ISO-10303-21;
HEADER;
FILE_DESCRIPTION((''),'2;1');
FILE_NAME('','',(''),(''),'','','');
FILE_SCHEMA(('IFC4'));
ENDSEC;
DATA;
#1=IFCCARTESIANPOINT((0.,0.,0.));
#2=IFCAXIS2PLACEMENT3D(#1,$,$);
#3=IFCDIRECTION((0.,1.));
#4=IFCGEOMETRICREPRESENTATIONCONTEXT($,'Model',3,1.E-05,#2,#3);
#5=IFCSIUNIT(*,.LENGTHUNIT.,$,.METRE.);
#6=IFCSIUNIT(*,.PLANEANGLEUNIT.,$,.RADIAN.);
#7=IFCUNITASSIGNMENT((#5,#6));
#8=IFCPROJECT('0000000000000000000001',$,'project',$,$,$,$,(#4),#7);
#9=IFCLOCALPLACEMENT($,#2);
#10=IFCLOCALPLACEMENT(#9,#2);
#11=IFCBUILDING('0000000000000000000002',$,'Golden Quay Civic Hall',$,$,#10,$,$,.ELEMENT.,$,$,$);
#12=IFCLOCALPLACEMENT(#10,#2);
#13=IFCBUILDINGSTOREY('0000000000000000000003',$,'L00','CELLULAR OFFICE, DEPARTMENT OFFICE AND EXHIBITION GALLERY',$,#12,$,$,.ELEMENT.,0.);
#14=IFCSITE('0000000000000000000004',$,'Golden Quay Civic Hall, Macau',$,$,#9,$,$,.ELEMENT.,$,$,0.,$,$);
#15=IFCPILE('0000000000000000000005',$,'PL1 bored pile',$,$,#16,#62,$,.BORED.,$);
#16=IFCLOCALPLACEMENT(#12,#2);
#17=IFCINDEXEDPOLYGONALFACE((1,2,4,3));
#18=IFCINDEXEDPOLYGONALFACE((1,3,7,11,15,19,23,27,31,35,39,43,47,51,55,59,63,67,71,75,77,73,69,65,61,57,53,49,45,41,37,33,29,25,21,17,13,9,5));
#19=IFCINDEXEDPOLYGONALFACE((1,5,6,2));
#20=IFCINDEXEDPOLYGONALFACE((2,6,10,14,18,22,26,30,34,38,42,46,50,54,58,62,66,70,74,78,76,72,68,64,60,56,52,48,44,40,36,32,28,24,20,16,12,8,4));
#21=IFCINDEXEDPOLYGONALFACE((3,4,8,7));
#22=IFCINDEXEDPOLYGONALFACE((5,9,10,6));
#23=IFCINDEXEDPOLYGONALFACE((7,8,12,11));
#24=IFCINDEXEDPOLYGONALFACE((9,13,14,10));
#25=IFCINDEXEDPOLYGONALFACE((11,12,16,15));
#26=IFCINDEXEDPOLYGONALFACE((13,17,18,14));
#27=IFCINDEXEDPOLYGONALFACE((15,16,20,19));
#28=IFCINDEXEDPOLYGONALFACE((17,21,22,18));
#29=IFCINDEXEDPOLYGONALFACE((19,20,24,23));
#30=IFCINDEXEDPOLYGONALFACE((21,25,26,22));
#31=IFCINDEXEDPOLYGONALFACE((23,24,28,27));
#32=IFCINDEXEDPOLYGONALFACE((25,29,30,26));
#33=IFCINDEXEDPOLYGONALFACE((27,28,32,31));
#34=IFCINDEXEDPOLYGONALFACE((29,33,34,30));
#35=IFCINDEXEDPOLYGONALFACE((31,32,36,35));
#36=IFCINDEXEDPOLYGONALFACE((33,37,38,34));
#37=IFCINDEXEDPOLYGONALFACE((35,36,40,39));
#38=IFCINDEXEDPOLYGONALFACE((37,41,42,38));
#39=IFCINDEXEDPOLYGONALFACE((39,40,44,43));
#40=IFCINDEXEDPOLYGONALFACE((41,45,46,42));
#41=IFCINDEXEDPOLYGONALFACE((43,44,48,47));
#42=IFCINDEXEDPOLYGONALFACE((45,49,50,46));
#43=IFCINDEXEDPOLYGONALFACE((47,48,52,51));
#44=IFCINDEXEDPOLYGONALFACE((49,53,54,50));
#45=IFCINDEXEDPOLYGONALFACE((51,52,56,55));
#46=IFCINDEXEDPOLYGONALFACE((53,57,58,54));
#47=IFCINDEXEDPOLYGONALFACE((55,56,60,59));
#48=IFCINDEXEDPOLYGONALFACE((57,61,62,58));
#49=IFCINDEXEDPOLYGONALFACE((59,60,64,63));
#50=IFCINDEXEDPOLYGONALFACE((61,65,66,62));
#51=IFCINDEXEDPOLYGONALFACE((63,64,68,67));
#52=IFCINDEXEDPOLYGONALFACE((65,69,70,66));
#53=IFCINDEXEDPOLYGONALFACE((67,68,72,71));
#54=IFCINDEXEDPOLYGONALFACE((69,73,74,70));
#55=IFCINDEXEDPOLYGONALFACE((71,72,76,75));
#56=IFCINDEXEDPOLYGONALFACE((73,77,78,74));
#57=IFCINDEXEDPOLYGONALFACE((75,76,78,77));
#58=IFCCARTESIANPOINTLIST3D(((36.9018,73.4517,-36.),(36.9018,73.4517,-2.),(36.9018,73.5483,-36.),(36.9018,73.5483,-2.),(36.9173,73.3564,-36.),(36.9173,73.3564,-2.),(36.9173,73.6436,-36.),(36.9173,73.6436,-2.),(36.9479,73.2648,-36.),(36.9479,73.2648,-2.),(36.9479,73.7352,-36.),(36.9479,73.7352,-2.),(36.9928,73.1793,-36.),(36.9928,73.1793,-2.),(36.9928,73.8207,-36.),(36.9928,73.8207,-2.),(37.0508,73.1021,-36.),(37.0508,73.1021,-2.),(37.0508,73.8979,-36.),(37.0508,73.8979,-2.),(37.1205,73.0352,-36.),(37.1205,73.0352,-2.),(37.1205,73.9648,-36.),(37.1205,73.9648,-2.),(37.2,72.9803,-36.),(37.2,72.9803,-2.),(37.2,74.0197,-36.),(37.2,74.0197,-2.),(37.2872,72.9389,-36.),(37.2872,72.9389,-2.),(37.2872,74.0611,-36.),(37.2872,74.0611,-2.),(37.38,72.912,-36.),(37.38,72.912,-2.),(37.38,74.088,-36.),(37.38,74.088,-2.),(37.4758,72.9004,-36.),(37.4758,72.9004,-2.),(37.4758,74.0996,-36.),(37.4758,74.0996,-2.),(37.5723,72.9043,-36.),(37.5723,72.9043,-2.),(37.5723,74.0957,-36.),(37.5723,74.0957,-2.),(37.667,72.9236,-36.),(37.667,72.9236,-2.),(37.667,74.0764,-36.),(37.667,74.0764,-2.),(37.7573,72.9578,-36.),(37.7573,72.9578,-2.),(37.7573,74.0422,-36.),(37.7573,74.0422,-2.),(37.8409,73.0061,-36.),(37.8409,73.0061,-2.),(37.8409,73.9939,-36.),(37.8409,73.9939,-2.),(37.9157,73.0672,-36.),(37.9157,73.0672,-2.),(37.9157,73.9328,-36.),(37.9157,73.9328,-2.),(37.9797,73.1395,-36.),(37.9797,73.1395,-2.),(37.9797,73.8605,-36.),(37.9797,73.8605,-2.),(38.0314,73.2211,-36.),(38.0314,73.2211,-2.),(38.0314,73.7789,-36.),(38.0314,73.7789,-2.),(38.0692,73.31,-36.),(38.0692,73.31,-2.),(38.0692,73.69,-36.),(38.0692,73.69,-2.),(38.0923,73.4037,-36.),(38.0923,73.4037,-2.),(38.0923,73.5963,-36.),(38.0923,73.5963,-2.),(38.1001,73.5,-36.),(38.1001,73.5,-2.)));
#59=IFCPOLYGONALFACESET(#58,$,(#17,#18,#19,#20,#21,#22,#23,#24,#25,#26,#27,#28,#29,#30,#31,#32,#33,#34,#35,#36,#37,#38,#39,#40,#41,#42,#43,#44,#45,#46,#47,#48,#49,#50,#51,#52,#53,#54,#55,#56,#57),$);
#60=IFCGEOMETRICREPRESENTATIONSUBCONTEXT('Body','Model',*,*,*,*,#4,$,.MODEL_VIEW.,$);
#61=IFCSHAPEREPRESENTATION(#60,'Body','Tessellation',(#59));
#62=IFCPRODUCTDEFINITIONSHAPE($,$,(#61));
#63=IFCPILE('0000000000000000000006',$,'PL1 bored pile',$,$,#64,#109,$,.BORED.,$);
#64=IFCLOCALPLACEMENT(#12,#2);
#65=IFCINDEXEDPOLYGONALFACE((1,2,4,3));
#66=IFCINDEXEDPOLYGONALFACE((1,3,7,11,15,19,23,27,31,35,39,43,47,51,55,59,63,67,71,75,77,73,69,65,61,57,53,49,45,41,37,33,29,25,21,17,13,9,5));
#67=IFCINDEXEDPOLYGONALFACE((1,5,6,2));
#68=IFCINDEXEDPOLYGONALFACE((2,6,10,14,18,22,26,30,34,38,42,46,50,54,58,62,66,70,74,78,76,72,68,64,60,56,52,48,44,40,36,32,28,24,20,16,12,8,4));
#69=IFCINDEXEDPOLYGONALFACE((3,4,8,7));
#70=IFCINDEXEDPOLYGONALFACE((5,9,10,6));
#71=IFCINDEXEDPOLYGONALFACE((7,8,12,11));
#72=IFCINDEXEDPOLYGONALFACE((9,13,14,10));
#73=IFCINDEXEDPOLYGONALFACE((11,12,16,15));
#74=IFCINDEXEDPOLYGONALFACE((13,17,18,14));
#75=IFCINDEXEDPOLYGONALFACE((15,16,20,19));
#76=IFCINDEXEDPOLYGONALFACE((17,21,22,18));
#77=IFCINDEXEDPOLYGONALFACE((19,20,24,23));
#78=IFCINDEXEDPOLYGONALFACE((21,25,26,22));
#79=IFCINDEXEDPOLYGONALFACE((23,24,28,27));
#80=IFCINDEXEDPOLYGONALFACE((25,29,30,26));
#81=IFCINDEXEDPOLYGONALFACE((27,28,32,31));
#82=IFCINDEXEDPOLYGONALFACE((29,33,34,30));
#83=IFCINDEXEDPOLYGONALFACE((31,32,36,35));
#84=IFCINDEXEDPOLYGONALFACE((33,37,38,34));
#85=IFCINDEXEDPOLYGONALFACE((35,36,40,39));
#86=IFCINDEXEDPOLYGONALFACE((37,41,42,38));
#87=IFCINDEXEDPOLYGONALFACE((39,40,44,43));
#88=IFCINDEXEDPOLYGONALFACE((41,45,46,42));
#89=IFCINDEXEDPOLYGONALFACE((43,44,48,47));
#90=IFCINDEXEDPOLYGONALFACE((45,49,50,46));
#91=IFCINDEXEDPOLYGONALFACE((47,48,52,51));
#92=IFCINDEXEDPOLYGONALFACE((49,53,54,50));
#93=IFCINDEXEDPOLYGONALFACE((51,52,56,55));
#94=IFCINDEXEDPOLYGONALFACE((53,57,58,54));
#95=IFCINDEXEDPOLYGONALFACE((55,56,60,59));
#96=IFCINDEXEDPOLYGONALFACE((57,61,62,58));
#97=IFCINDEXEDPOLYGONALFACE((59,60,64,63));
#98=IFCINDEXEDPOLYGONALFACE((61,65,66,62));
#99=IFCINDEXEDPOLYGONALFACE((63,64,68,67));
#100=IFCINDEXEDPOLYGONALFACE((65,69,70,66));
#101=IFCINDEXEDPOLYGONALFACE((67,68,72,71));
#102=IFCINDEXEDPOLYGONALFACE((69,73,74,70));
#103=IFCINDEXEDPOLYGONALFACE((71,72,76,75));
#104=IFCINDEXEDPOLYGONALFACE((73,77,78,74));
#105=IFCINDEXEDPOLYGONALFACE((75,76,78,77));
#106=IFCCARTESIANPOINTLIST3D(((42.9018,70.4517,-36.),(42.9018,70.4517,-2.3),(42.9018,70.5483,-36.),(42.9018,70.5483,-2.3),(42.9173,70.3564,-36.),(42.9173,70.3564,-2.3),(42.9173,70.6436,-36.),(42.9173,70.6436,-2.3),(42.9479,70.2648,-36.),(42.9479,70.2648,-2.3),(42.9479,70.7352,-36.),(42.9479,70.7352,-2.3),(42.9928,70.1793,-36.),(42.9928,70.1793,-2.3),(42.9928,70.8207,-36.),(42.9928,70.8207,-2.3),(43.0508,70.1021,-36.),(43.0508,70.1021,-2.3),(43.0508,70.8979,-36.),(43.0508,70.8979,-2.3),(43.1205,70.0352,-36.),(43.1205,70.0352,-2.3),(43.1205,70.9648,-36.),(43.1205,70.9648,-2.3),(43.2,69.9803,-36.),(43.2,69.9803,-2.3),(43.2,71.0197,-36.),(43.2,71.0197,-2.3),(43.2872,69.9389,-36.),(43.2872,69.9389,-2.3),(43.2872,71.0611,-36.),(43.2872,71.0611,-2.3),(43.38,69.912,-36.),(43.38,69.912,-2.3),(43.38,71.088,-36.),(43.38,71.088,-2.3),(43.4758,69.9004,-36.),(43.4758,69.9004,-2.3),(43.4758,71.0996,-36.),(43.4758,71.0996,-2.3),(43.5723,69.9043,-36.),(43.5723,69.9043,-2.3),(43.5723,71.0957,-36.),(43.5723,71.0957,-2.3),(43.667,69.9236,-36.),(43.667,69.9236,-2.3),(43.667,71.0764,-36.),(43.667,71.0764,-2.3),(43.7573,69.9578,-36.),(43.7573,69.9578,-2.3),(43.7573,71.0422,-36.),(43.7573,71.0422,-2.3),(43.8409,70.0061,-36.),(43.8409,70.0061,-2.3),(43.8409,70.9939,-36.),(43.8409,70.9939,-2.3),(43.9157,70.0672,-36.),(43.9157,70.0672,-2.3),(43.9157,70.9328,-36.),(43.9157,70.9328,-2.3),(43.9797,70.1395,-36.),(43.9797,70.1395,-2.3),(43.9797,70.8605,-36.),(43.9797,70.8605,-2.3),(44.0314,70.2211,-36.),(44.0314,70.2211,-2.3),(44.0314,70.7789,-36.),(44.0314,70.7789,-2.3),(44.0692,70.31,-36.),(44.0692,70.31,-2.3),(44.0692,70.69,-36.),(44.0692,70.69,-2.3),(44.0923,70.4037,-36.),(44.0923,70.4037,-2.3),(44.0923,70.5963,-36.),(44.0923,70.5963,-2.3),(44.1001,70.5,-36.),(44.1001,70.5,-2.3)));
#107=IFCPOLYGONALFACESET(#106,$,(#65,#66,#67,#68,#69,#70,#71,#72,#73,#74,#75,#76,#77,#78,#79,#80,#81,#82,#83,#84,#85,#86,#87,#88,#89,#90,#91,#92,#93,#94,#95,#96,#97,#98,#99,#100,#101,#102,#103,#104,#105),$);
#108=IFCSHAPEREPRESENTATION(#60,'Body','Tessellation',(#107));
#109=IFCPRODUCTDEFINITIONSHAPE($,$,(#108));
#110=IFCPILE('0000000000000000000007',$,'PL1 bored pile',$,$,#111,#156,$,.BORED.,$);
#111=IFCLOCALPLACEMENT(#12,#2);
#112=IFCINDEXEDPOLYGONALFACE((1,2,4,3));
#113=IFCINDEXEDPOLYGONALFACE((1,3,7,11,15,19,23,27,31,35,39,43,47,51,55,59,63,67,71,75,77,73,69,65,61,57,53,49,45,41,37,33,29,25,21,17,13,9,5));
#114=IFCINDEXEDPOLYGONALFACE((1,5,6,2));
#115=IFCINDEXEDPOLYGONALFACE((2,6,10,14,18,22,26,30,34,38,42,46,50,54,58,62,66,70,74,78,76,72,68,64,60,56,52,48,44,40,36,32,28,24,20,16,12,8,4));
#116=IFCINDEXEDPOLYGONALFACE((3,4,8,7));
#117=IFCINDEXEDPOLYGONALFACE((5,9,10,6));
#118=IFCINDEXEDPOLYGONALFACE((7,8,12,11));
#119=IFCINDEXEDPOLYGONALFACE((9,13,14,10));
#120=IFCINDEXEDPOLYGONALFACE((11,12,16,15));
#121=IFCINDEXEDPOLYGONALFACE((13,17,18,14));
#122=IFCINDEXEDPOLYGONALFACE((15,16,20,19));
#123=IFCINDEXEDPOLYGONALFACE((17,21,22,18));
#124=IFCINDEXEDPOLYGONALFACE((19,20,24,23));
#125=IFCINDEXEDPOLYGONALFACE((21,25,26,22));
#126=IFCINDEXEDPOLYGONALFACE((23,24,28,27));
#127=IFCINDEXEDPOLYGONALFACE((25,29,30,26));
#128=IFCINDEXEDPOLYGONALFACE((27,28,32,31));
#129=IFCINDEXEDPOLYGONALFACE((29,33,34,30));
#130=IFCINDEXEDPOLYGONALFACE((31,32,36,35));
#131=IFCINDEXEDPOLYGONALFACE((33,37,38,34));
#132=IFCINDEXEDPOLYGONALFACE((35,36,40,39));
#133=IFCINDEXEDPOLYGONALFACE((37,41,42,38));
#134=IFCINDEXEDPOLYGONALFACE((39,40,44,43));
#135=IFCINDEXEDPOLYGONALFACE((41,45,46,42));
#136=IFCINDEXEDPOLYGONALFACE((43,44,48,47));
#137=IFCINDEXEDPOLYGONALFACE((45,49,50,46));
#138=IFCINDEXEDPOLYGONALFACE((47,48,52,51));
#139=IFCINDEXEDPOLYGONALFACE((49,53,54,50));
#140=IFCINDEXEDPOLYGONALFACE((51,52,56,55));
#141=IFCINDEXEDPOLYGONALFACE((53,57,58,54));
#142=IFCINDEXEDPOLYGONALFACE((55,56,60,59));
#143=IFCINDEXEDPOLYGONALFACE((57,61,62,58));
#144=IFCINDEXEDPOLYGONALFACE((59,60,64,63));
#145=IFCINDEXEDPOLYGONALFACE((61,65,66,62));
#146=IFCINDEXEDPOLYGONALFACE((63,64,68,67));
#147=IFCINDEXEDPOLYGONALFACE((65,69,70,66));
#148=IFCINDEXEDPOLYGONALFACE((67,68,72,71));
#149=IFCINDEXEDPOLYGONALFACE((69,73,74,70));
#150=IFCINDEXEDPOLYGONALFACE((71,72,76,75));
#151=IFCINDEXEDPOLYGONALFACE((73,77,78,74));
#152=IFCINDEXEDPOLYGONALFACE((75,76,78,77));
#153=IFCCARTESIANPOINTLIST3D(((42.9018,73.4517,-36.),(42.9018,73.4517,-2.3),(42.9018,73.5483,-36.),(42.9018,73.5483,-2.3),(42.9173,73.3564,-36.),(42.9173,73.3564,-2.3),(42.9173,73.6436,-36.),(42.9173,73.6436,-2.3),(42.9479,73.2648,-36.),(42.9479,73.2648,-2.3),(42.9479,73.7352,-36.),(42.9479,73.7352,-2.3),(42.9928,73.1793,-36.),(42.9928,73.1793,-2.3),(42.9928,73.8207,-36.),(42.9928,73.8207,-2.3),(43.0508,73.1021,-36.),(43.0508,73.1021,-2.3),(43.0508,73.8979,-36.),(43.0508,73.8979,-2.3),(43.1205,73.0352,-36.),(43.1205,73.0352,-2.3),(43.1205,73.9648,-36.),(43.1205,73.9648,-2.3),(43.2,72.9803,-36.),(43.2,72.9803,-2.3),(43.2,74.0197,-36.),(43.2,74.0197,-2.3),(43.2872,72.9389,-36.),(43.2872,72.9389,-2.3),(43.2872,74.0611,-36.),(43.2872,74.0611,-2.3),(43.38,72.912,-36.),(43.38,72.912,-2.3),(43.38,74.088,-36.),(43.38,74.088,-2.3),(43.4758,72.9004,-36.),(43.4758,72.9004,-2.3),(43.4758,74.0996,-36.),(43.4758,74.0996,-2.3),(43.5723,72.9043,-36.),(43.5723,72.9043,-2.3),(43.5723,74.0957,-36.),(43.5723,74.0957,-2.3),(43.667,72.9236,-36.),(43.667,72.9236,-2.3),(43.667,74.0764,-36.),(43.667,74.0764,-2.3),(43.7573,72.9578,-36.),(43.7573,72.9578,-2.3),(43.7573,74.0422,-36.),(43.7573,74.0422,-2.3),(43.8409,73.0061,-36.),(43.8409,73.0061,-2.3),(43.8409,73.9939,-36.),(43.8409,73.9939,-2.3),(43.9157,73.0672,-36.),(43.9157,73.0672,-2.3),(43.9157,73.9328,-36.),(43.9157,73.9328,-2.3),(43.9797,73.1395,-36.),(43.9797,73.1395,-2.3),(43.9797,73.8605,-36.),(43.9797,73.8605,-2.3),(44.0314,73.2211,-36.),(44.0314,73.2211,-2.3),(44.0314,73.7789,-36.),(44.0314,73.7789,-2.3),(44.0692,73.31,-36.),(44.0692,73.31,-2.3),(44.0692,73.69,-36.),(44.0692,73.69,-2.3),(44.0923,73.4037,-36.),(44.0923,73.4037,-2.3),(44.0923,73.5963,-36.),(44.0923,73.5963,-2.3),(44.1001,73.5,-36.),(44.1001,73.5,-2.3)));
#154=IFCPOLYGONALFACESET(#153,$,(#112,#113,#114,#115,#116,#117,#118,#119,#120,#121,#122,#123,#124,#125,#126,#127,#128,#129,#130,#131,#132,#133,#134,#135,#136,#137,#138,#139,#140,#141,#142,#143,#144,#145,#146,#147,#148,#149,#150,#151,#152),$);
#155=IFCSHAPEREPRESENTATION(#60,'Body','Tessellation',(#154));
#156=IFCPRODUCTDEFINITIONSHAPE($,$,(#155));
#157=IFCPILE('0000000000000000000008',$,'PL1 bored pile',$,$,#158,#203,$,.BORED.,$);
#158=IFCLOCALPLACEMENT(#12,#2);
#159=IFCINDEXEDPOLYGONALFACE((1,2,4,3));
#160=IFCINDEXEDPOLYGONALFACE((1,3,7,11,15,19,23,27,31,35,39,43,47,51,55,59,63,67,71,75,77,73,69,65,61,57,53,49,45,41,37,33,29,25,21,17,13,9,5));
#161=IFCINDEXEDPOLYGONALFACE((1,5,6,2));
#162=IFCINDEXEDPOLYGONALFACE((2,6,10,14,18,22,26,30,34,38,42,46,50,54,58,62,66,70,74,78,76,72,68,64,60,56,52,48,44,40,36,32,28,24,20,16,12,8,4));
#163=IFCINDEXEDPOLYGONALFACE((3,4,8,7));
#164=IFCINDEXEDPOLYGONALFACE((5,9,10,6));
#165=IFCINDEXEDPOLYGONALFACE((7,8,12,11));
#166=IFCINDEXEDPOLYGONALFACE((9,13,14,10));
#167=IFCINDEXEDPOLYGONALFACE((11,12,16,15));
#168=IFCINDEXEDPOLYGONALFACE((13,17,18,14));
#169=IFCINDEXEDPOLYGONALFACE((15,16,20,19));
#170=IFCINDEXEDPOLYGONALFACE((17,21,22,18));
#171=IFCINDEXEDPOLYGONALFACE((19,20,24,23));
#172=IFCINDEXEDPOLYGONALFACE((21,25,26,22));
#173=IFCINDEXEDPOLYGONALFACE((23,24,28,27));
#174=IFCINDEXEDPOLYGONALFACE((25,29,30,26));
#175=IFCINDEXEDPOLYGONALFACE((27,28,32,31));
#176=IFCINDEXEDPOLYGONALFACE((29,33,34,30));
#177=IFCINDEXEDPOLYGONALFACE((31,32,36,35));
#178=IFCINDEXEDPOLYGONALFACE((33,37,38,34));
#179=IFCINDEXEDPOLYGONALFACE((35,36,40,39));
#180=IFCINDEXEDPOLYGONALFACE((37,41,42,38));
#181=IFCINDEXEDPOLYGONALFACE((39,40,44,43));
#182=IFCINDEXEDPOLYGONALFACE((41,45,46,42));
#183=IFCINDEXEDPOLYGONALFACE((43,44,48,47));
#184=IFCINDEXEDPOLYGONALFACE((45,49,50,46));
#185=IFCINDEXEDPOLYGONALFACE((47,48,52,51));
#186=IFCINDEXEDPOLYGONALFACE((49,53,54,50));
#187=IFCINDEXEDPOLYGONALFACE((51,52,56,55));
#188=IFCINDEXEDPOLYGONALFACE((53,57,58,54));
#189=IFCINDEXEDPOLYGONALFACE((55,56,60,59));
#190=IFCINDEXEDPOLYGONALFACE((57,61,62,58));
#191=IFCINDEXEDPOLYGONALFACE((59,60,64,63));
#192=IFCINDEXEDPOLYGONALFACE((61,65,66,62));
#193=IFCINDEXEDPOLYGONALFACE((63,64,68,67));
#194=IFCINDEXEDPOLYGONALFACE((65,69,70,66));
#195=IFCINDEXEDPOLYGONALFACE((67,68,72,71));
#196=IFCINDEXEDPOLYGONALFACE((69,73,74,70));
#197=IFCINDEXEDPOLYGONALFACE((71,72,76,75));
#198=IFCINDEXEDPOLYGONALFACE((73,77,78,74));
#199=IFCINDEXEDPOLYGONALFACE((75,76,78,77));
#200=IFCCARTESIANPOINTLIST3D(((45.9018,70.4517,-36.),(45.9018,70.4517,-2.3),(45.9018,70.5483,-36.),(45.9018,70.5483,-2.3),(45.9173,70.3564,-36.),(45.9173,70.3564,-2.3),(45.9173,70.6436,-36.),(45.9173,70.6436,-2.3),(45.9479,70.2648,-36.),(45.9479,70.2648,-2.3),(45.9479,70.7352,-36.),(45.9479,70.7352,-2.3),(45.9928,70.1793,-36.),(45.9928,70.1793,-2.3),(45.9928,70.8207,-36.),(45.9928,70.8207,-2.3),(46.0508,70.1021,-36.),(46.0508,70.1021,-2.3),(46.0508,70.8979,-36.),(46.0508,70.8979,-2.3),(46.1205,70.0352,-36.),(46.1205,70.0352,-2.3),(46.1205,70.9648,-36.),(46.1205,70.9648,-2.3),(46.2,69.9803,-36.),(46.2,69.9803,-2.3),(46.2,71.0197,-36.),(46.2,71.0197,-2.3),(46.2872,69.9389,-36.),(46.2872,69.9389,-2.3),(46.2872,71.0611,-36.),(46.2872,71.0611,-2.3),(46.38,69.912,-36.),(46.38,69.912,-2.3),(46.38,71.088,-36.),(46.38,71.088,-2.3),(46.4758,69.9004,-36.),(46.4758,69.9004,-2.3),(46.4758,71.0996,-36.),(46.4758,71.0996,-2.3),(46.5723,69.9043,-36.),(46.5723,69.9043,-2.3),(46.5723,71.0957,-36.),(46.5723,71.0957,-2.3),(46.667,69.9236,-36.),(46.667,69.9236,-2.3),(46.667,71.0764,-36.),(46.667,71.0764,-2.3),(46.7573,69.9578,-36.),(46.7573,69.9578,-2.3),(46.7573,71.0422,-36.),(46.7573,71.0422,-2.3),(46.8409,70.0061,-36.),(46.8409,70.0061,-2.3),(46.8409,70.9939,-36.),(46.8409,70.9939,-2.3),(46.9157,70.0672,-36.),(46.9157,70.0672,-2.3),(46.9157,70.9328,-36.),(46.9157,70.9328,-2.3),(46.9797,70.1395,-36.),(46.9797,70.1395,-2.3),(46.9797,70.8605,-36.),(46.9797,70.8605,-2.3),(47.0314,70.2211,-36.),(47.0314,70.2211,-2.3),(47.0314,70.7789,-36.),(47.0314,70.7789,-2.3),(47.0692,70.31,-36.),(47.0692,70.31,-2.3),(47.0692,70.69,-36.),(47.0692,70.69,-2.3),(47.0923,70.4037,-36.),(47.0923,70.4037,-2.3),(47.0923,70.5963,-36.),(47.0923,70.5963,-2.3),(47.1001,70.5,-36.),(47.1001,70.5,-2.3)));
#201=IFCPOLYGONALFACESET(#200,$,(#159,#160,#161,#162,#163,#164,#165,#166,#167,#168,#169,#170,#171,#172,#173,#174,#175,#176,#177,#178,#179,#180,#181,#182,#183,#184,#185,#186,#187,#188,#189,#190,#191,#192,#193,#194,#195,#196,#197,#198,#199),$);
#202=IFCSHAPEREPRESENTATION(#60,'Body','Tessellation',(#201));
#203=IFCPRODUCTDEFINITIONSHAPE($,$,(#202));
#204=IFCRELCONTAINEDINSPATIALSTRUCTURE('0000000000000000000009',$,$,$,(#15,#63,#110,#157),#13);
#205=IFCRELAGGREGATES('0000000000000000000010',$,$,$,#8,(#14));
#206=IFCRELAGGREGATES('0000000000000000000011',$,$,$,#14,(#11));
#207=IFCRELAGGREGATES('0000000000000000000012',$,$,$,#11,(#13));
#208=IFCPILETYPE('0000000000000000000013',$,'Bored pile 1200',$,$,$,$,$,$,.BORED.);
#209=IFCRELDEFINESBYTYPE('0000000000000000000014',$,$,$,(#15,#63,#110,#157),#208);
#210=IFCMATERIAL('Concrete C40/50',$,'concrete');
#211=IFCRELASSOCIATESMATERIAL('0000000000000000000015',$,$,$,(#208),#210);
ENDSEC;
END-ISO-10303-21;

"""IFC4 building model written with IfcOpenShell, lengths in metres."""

from ifc_helpers import new_model, si_unit, direction, frame, origin, origin_2d, place, context, subcontext, project, spatial, circle, extrude, material, material_profile, profile_set, type_object, element, save


model = new_model("IFC4")

# Units and contexts
model_context = context("Model", 3, precision=1e-05, world=origin(), true_north=direction((0.0, 1.0)))
body_context = subcontext(model_context, "Body", "Model", "MODEL_VIEW")
ifc_project = project(units=[si_unit("LENGTHUNIT", "METRE"), si_unit("PLANEANGLEUNIT", "RADIAN")], contexts=[model_context])

# Site, building, storey
site_placement = place(None, origin())
site = spatial("IfcSite", under=ifc_project, at=site_placement, Name="Golden Quay Civic Hall, Macau", CompositionType="ELEMENT", RefElevation=0.0)
building_placement = place(site_placement, origin())
building = spatial("IfcBuilding", under=site, at=building_placement, Name="Golden Quay Civic Hall", CompositionType="ELEMENT")
storey_placement = place(building_placement, origin())
storey = spatial("IfcBuildingStorey", under=building, at=storey_placement, Name="L00", Description="CELLULAR OFFICE, DEPARTMENT OFFICE AND EXHIBITION GALLERY", CompositionType="ELEMENT", Elevation=0.0)

# Piles
ifc_material_1 = material(Name="Concrete C40/50", Category="concrete")
ifc_material_profile_1 = material_profile(ifc_material_1, circle(Radius=0.6001, at=origin_2d()), Name="RC D1200")
ifc_profile_set_1 = profile_set([ifc_material_profile_1], Name="Concrete C40/50")
pile_type_1 = type_object("IfcPileType", Name="Bored pile 1200", PredefinedType="BORED", material=ifc_profile_set_1)
for number, where, z_axis, x_axis, name in (
    (1, (37.5, 73.5, -2.0), (0.0, 0.0, -1.0), (1.0, 0.0, 0.0), "PL1 bored pile"),
):
    element("IfcPile", number, at=place(storey_placement, frame(where, z_axis=z_axis, x_axis=x_axis)), inside=storey, type_object=pile_type_1, Name=name, PredefinedType="BORED", context=body_context, shape_type="SweptSolid", body=[
        extrude(circle(Radius=0.6001, at=origin_2d()), origin(), (0.0, 0.0, 1.0), 34.0),
    ])
for number, where, z_axis, x_axis, name in (
    (2, (43.5, 70.5, -2.3), (0.0, 0.0, -1.0), (1.0, 0.0, 0.0), "PL1 bored pile"),
    (3, (43.5, 73.5, -2.3), (0.0, 0.0, -1.0), (1.0, 0.0, 0.0), "PL1 bored pile"),
    (4, (46.5, 70.5, -2.3), (0.0, 0.0, -1.0), (1.0, 0.0, 0.0), "PL1 bored pile"),
):
    element("IfcPile", number, at=place(storey_placement, frame(where, z_axis=z_axis, x_axis=x_axis)), inside=storey, type_object=pile_type_1, Name=name, PredefinedType="BORED", context=body_context, shape_type="SweptSolid", body=[
        extrude(circle(Radius=0.6001, at=origin_2d()), origin(), (0.0, 0.0, 1.0), 33.7),
    ])

save(model, "model.ifc")
